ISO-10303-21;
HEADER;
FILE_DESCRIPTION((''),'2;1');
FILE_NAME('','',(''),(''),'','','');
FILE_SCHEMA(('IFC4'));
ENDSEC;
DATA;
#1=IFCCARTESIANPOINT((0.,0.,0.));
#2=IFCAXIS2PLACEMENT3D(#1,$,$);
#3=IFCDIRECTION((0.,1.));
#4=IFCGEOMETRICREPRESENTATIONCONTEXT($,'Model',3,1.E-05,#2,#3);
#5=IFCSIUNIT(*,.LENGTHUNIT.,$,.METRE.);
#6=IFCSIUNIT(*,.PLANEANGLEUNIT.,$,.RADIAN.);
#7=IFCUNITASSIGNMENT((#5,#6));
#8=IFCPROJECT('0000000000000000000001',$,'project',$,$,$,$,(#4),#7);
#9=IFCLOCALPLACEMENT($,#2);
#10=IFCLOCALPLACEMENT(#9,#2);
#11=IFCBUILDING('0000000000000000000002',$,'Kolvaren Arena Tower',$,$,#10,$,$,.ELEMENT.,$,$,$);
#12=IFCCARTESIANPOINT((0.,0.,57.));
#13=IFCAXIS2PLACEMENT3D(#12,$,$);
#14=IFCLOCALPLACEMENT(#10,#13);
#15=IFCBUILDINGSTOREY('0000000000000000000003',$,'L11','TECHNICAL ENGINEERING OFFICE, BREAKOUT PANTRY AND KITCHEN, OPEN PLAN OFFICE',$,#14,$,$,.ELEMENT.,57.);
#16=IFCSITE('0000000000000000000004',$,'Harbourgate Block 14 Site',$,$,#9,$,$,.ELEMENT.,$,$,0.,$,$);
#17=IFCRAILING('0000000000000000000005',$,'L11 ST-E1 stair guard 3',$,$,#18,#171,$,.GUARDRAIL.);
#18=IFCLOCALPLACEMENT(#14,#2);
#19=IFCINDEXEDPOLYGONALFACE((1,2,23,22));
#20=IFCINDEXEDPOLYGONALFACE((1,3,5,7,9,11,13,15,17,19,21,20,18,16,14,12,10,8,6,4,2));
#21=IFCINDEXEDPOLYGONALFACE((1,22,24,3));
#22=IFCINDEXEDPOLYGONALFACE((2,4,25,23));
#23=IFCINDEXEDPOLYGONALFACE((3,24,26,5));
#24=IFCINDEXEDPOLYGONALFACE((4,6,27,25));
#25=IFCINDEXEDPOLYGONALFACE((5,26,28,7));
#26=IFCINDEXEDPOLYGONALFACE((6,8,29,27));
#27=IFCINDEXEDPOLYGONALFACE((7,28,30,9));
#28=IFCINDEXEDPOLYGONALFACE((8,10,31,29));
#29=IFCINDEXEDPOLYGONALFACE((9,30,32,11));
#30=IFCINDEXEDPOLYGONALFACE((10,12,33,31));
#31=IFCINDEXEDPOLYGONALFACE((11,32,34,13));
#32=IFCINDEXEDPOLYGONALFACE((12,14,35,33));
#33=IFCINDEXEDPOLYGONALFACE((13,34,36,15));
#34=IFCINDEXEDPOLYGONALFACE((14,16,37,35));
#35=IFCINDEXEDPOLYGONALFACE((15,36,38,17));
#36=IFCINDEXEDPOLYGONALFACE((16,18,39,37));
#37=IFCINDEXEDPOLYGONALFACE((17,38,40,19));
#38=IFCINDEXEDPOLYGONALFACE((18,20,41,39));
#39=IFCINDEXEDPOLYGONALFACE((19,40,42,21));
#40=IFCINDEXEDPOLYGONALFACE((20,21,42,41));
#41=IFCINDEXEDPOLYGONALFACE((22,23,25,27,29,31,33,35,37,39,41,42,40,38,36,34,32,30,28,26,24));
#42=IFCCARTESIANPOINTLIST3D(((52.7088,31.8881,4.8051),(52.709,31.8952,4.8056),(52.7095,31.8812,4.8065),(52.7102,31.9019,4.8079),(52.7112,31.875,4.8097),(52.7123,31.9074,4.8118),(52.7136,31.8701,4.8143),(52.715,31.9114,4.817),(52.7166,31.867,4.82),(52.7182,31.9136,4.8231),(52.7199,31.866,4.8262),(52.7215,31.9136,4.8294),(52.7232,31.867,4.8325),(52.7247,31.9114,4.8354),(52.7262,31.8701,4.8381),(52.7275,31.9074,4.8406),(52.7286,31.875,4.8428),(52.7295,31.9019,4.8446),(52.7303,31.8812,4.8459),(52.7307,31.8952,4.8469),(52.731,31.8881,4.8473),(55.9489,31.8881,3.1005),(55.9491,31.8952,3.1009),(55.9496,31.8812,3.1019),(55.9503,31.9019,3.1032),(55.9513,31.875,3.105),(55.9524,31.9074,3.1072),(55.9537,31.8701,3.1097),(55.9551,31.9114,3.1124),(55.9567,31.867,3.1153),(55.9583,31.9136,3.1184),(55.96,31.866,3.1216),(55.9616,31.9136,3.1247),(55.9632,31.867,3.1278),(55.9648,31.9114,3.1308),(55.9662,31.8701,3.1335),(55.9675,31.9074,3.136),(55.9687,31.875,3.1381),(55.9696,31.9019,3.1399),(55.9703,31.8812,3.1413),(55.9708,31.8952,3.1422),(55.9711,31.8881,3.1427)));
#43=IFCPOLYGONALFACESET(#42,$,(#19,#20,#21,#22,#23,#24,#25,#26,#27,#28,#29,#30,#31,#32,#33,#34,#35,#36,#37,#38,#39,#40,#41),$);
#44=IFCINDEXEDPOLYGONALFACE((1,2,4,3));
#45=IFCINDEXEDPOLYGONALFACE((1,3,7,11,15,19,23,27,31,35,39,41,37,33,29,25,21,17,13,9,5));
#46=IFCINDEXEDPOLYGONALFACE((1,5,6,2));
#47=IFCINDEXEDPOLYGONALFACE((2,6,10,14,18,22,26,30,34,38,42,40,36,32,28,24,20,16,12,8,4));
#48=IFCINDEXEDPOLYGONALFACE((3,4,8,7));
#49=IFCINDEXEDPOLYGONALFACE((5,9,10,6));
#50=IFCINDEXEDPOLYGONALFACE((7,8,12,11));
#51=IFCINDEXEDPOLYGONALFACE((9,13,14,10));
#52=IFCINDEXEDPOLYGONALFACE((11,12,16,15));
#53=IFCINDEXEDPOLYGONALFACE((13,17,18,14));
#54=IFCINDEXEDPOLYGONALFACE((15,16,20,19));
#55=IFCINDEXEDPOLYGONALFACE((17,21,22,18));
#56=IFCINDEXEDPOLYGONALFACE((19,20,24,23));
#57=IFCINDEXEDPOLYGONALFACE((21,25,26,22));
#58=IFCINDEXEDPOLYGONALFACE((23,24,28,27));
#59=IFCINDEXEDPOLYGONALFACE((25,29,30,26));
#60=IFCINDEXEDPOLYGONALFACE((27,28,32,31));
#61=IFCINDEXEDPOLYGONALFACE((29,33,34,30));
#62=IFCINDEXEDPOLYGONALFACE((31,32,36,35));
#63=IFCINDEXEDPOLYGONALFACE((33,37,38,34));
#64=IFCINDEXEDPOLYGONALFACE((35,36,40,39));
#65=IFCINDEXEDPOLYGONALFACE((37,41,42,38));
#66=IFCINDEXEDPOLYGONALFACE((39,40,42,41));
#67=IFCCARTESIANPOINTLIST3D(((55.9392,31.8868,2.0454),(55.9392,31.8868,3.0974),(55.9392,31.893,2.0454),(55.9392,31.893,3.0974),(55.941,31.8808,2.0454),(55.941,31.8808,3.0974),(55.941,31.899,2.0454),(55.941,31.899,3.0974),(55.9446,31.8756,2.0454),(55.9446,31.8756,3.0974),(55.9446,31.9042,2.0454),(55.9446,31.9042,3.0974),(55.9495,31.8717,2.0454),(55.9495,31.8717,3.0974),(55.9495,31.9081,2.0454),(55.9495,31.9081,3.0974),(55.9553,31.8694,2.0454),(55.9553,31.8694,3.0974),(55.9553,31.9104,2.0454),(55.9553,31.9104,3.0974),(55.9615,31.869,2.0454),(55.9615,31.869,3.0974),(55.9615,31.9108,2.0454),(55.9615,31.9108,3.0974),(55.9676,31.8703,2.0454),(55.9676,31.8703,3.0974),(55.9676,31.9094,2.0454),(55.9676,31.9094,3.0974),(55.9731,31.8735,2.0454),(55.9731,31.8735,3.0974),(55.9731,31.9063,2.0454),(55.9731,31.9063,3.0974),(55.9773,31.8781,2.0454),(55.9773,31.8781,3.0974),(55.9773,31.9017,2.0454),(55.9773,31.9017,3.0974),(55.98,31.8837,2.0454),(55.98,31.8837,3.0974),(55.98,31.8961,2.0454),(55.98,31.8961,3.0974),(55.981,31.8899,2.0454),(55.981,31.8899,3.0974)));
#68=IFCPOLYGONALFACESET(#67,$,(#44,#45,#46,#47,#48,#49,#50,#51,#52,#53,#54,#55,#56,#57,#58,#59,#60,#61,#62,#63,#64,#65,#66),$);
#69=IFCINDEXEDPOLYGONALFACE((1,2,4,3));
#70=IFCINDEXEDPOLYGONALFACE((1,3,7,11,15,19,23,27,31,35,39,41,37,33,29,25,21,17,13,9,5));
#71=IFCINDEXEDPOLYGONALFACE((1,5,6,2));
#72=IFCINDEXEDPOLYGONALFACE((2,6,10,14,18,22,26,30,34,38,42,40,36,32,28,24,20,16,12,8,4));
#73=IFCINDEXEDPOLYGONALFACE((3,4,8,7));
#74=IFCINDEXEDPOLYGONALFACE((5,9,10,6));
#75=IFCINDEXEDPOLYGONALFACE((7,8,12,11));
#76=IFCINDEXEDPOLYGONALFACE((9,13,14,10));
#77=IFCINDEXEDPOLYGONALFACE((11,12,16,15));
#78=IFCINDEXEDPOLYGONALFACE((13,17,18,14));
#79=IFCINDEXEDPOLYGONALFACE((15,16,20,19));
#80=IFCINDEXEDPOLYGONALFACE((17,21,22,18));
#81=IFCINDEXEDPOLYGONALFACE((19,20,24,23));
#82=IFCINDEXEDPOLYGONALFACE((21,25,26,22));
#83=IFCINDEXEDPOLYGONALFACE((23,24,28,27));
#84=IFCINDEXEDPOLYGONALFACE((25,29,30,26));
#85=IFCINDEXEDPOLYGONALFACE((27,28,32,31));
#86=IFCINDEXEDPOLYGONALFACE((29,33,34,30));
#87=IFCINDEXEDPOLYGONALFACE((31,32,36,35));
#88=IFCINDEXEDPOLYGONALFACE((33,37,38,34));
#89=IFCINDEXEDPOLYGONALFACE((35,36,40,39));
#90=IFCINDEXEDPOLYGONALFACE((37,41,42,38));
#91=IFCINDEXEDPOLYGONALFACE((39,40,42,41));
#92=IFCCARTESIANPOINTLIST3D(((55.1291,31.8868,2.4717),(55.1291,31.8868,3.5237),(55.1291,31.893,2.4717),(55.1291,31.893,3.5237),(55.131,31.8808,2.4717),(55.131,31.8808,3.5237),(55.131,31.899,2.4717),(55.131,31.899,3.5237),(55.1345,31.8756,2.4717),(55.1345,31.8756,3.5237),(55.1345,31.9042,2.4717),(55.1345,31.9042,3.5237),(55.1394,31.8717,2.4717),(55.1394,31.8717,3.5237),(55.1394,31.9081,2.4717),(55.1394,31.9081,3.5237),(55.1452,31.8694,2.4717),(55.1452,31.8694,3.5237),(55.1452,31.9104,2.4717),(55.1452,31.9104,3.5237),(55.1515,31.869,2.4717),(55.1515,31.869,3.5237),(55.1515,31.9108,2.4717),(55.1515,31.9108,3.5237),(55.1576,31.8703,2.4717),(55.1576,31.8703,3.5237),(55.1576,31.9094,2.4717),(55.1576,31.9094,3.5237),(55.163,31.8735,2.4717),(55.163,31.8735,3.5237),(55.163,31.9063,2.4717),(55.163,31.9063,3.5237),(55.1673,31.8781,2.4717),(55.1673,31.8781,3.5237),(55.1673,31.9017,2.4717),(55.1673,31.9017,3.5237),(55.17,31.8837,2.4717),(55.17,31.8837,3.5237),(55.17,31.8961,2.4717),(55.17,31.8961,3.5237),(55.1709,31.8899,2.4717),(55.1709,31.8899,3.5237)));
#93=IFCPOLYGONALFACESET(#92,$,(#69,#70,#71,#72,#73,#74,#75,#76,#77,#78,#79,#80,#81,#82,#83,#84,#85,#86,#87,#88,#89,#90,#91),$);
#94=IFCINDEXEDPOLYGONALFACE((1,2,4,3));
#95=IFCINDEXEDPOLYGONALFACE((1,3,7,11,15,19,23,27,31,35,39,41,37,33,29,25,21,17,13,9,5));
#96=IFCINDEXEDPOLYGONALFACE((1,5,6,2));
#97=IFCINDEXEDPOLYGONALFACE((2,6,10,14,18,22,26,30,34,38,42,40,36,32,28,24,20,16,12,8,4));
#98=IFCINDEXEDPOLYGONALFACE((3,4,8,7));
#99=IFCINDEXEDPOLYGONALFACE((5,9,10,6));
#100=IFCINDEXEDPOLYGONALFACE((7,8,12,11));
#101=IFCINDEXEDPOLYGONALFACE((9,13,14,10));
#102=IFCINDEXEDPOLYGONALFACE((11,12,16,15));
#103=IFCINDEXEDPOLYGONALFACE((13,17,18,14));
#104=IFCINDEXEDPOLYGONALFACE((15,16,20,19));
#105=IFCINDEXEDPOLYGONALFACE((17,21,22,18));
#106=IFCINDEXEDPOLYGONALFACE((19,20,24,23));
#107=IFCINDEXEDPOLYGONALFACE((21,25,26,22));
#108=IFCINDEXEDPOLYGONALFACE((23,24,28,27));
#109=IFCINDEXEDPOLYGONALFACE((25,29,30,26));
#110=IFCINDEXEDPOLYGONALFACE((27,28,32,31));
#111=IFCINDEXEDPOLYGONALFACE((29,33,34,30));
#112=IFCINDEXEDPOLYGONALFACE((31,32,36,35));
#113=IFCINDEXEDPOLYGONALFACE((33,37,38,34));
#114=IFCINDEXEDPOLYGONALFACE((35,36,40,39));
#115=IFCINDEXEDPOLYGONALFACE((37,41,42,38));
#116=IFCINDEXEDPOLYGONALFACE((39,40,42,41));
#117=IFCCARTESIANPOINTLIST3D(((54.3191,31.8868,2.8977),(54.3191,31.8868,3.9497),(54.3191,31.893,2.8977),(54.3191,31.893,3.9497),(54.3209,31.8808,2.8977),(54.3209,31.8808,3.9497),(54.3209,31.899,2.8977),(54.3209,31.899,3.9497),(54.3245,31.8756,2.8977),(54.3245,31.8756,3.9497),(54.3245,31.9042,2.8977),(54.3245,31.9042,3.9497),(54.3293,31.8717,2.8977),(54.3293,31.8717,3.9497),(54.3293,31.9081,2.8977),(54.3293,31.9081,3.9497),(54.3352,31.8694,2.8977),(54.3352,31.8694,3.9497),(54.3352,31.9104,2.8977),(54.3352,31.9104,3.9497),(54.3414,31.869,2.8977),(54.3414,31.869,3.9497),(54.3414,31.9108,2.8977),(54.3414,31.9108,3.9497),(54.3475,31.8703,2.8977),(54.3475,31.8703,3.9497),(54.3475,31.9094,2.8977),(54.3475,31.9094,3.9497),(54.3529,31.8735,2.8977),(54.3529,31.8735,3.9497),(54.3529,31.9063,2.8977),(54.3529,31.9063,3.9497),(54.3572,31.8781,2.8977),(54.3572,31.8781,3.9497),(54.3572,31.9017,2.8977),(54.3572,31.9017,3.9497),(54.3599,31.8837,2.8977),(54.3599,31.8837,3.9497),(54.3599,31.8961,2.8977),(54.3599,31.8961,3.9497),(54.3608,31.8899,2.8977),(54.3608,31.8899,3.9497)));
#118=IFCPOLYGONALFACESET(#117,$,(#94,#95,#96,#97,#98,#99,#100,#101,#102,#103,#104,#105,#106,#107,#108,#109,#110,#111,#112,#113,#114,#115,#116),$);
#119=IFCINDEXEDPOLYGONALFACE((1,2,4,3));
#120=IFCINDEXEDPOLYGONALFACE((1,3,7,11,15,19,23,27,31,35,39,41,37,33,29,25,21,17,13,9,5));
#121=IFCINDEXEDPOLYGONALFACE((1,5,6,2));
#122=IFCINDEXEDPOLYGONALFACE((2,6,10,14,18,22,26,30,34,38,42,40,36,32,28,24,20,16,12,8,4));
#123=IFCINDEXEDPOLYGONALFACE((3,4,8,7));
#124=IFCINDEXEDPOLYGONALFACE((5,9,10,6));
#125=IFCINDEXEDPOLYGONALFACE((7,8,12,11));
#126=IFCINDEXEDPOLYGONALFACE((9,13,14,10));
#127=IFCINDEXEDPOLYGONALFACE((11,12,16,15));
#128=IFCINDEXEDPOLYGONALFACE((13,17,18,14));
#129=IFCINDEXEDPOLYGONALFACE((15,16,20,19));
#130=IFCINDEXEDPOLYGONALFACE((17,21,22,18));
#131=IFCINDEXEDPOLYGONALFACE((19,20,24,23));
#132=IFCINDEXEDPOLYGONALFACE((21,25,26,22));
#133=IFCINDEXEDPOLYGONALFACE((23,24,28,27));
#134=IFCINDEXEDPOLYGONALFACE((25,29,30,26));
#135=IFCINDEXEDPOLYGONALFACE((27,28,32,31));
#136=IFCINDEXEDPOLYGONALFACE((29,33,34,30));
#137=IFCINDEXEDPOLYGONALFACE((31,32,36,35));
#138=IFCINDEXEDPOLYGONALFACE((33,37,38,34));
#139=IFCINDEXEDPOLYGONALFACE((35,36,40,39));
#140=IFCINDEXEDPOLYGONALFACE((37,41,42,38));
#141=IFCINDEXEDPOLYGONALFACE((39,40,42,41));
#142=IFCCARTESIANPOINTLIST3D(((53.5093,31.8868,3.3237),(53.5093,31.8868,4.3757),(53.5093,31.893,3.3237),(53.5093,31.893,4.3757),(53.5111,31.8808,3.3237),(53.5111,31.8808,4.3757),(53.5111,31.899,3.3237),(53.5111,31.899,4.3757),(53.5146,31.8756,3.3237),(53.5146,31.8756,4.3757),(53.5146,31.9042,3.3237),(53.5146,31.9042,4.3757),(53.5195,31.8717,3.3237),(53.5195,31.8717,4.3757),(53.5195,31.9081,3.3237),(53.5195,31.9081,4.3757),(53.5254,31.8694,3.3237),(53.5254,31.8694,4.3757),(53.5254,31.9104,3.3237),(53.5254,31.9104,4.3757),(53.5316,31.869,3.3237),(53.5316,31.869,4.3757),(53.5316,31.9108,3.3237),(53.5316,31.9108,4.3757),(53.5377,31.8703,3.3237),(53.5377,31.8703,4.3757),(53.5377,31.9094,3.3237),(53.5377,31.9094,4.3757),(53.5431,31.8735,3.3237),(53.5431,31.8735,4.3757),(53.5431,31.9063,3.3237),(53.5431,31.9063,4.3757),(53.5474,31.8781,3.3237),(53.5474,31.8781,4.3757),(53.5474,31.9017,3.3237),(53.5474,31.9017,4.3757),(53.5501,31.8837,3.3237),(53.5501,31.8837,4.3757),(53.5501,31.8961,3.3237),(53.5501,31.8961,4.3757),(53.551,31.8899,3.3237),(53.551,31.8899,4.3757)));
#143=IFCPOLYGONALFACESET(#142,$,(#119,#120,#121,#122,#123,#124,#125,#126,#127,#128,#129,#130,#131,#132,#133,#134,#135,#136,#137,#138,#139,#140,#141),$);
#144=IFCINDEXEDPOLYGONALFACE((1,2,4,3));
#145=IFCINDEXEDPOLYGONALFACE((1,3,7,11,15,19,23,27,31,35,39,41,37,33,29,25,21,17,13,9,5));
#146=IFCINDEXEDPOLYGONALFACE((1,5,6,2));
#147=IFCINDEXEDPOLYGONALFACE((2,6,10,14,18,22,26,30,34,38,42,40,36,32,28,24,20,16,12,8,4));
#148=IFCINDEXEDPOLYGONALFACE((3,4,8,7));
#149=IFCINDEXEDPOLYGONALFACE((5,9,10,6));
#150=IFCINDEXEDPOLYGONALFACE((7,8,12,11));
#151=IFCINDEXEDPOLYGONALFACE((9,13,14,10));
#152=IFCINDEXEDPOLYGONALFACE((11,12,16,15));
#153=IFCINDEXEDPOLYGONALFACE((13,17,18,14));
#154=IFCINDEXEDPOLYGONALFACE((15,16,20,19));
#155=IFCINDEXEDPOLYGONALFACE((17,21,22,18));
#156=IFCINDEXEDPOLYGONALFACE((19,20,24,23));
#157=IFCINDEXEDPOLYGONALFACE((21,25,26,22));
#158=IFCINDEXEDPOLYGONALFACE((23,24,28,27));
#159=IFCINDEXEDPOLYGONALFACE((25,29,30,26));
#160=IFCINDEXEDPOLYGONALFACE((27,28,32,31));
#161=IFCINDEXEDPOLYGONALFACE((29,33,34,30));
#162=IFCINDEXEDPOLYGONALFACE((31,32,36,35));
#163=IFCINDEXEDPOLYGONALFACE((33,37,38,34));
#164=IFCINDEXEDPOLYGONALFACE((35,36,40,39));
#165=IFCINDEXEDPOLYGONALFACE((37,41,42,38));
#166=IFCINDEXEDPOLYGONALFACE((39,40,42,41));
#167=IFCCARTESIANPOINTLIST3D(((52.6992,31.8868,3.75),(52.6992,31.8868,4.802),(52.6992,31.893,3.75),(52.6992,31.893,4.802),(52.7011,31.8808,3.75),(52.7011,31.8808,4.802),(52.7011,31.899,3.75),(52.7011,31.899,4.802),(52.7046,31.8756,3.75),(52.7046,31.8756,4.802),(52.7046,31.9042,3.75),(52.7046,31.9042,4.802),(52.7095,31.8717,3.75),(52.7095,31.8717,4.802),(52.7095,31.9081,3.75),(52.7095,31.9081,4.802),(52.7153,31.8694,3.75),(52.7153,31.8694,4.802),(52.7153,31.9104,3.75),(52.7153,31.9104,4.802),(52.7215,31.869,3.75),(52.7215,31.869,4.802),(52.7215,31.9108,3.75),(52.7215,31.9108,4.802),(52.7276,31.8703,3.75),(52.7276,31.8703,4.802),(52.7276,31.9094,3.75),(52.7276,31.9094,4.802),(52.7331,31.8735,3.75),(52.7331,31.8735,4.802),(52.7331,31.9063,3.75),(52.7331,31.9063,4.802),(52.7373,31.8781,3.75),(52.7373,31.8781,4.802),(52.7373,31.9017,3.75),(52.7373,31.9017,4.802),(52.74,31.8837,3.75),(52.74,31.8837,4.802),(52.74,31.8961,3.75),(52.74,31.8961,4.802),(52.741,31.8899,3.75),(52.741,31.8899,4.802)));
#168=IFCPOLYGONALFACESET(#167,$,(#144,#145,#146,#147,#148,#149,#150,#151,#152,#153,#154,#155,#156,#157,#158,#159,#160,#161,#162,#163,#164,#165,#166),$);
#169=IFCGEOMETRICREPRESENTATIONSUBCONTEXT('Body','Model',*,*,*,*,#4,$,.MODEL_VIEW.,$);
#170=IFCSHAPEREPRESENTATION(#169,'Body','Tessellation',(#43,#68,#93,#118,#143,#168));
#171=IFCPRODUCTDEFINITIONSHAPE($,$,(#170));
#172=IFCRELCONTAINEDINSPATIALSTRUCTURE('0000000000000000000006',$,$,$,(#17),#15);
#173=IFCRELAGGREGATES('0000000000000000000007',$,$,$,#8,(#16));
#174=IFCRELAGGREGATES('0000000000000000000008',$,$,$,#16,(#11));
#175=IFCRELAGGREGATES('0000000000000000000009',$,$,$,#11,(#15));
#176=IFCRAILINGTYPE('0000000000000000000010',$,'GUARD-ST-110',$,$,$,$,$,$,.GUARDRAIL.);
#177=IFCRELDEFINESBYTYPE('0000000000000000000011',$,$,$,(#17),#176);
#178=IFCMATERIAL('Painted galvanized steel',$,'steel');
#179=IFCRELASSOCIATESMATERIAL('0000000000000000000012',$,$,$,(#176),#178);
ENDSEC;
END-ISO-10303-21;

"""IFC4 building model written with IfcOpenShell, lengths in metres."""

from ifc_helpers import new_model, si_unit, direction, frame, origin, origin_2d, place, context, subcontext, project, spatial, circle, extrude, material, type_object, element, save


model = new_model("IFC4")

# Units and contexts
model_context = context("Model", 3, precision=1e-05, world=origin(), true_north=direction((0.0, 1.0)))
body_context = subcontext(model_context, "Body", "Model", "MODEL_VIEW")
ifc_project = project(units=[si_unit("LENGTHUNIT", "METRE"), si_unit("PLANEANGLEUNIT", "RADIAN")], contexts=[model_context])

# Site, building, storey
site_placement = place(None, origin())
site = spatial("IfcSite", under=ifc_project, at=site_placement, Name="Harbourgate Block 14 Site", CompositionType="ELEMENT", RefElevation=0.0)
building_placement = place(site_placement, origin())
building = spatial("IfcBuilding", under=site, at=building_placement, Name="Kolvaren Arena Tower", CompositionType="ELEMENT")
storey_placement = place(building_placement, frame((0.0, 0.0, 57.0)))
storey = spatial("IfcBuildingStorey", under=building, at=storey_placement, Name="L11", Description="TECHNICAL ENGINEERING OFFICE, BREAKOUT PANTRY AND KITCHEN, OPEN PLAN OFFICE", CompositionType="ELEMENT", Elevation=57.0)

# Railing
ifc_material_1 = material(Name="Painted galvanized steel", Category="steel")
railing_type_1 = type_object("IfcRailingType", Name="GUARD-ST-110", PredefinedType="GUARDRAIL", material=ifc_material_1)
railing_1_placement = place(storey_placement, frame((55.96, 31.8899, 2.0454)))
element("IfcRailing", 1, at=railing_1_placement, inside=storey, type_object=railing_type_1, Name="L11 ST-E1 stair guard 3", PredefinedType="GUARDRAIL", context=body_context, shape_type="SweptSolid", body=[
    extrude(circle(Radius=0.0239, at=origin_2d()), frame((0.0, 0.0, 1.0762), z_axis=(-0.884993, 0.0, 0.465604), x_axis=(0.0, -1.0, 0.0)), (0.0, 0.0, 1.0), 3.6611),
    extrude(circle(Radius=0.021, at=origin_2d()), origin(), (0.0, 0.0, 1.0), 1.052),
    extrude(circle(Radius=0.021, at=origin_2d()), frame((-0.8101, 0.0, 0.4263)), (0.0, 0.0, 1.0), 1.052),
    extrude(circle(Radius=0.021, at=origin_2d()), frame((-1.6201, 0.0, 0.8523)), (0.0, 0.0, 1.0), 1.052),
    extrude(circle(Radius=0.021, at=origin_2d()), frame((-2.4299, 0.0, 1.2783)), (0.0, 0.0, 1.0), 1.052),
    extrude(circle(Radius=0.021, at=origin_2d()), frame((-3.24, 0.0, 1.7046)), (0.0, 0.0, 1.0), 1.052),
])

save(model, "model.ifc")
